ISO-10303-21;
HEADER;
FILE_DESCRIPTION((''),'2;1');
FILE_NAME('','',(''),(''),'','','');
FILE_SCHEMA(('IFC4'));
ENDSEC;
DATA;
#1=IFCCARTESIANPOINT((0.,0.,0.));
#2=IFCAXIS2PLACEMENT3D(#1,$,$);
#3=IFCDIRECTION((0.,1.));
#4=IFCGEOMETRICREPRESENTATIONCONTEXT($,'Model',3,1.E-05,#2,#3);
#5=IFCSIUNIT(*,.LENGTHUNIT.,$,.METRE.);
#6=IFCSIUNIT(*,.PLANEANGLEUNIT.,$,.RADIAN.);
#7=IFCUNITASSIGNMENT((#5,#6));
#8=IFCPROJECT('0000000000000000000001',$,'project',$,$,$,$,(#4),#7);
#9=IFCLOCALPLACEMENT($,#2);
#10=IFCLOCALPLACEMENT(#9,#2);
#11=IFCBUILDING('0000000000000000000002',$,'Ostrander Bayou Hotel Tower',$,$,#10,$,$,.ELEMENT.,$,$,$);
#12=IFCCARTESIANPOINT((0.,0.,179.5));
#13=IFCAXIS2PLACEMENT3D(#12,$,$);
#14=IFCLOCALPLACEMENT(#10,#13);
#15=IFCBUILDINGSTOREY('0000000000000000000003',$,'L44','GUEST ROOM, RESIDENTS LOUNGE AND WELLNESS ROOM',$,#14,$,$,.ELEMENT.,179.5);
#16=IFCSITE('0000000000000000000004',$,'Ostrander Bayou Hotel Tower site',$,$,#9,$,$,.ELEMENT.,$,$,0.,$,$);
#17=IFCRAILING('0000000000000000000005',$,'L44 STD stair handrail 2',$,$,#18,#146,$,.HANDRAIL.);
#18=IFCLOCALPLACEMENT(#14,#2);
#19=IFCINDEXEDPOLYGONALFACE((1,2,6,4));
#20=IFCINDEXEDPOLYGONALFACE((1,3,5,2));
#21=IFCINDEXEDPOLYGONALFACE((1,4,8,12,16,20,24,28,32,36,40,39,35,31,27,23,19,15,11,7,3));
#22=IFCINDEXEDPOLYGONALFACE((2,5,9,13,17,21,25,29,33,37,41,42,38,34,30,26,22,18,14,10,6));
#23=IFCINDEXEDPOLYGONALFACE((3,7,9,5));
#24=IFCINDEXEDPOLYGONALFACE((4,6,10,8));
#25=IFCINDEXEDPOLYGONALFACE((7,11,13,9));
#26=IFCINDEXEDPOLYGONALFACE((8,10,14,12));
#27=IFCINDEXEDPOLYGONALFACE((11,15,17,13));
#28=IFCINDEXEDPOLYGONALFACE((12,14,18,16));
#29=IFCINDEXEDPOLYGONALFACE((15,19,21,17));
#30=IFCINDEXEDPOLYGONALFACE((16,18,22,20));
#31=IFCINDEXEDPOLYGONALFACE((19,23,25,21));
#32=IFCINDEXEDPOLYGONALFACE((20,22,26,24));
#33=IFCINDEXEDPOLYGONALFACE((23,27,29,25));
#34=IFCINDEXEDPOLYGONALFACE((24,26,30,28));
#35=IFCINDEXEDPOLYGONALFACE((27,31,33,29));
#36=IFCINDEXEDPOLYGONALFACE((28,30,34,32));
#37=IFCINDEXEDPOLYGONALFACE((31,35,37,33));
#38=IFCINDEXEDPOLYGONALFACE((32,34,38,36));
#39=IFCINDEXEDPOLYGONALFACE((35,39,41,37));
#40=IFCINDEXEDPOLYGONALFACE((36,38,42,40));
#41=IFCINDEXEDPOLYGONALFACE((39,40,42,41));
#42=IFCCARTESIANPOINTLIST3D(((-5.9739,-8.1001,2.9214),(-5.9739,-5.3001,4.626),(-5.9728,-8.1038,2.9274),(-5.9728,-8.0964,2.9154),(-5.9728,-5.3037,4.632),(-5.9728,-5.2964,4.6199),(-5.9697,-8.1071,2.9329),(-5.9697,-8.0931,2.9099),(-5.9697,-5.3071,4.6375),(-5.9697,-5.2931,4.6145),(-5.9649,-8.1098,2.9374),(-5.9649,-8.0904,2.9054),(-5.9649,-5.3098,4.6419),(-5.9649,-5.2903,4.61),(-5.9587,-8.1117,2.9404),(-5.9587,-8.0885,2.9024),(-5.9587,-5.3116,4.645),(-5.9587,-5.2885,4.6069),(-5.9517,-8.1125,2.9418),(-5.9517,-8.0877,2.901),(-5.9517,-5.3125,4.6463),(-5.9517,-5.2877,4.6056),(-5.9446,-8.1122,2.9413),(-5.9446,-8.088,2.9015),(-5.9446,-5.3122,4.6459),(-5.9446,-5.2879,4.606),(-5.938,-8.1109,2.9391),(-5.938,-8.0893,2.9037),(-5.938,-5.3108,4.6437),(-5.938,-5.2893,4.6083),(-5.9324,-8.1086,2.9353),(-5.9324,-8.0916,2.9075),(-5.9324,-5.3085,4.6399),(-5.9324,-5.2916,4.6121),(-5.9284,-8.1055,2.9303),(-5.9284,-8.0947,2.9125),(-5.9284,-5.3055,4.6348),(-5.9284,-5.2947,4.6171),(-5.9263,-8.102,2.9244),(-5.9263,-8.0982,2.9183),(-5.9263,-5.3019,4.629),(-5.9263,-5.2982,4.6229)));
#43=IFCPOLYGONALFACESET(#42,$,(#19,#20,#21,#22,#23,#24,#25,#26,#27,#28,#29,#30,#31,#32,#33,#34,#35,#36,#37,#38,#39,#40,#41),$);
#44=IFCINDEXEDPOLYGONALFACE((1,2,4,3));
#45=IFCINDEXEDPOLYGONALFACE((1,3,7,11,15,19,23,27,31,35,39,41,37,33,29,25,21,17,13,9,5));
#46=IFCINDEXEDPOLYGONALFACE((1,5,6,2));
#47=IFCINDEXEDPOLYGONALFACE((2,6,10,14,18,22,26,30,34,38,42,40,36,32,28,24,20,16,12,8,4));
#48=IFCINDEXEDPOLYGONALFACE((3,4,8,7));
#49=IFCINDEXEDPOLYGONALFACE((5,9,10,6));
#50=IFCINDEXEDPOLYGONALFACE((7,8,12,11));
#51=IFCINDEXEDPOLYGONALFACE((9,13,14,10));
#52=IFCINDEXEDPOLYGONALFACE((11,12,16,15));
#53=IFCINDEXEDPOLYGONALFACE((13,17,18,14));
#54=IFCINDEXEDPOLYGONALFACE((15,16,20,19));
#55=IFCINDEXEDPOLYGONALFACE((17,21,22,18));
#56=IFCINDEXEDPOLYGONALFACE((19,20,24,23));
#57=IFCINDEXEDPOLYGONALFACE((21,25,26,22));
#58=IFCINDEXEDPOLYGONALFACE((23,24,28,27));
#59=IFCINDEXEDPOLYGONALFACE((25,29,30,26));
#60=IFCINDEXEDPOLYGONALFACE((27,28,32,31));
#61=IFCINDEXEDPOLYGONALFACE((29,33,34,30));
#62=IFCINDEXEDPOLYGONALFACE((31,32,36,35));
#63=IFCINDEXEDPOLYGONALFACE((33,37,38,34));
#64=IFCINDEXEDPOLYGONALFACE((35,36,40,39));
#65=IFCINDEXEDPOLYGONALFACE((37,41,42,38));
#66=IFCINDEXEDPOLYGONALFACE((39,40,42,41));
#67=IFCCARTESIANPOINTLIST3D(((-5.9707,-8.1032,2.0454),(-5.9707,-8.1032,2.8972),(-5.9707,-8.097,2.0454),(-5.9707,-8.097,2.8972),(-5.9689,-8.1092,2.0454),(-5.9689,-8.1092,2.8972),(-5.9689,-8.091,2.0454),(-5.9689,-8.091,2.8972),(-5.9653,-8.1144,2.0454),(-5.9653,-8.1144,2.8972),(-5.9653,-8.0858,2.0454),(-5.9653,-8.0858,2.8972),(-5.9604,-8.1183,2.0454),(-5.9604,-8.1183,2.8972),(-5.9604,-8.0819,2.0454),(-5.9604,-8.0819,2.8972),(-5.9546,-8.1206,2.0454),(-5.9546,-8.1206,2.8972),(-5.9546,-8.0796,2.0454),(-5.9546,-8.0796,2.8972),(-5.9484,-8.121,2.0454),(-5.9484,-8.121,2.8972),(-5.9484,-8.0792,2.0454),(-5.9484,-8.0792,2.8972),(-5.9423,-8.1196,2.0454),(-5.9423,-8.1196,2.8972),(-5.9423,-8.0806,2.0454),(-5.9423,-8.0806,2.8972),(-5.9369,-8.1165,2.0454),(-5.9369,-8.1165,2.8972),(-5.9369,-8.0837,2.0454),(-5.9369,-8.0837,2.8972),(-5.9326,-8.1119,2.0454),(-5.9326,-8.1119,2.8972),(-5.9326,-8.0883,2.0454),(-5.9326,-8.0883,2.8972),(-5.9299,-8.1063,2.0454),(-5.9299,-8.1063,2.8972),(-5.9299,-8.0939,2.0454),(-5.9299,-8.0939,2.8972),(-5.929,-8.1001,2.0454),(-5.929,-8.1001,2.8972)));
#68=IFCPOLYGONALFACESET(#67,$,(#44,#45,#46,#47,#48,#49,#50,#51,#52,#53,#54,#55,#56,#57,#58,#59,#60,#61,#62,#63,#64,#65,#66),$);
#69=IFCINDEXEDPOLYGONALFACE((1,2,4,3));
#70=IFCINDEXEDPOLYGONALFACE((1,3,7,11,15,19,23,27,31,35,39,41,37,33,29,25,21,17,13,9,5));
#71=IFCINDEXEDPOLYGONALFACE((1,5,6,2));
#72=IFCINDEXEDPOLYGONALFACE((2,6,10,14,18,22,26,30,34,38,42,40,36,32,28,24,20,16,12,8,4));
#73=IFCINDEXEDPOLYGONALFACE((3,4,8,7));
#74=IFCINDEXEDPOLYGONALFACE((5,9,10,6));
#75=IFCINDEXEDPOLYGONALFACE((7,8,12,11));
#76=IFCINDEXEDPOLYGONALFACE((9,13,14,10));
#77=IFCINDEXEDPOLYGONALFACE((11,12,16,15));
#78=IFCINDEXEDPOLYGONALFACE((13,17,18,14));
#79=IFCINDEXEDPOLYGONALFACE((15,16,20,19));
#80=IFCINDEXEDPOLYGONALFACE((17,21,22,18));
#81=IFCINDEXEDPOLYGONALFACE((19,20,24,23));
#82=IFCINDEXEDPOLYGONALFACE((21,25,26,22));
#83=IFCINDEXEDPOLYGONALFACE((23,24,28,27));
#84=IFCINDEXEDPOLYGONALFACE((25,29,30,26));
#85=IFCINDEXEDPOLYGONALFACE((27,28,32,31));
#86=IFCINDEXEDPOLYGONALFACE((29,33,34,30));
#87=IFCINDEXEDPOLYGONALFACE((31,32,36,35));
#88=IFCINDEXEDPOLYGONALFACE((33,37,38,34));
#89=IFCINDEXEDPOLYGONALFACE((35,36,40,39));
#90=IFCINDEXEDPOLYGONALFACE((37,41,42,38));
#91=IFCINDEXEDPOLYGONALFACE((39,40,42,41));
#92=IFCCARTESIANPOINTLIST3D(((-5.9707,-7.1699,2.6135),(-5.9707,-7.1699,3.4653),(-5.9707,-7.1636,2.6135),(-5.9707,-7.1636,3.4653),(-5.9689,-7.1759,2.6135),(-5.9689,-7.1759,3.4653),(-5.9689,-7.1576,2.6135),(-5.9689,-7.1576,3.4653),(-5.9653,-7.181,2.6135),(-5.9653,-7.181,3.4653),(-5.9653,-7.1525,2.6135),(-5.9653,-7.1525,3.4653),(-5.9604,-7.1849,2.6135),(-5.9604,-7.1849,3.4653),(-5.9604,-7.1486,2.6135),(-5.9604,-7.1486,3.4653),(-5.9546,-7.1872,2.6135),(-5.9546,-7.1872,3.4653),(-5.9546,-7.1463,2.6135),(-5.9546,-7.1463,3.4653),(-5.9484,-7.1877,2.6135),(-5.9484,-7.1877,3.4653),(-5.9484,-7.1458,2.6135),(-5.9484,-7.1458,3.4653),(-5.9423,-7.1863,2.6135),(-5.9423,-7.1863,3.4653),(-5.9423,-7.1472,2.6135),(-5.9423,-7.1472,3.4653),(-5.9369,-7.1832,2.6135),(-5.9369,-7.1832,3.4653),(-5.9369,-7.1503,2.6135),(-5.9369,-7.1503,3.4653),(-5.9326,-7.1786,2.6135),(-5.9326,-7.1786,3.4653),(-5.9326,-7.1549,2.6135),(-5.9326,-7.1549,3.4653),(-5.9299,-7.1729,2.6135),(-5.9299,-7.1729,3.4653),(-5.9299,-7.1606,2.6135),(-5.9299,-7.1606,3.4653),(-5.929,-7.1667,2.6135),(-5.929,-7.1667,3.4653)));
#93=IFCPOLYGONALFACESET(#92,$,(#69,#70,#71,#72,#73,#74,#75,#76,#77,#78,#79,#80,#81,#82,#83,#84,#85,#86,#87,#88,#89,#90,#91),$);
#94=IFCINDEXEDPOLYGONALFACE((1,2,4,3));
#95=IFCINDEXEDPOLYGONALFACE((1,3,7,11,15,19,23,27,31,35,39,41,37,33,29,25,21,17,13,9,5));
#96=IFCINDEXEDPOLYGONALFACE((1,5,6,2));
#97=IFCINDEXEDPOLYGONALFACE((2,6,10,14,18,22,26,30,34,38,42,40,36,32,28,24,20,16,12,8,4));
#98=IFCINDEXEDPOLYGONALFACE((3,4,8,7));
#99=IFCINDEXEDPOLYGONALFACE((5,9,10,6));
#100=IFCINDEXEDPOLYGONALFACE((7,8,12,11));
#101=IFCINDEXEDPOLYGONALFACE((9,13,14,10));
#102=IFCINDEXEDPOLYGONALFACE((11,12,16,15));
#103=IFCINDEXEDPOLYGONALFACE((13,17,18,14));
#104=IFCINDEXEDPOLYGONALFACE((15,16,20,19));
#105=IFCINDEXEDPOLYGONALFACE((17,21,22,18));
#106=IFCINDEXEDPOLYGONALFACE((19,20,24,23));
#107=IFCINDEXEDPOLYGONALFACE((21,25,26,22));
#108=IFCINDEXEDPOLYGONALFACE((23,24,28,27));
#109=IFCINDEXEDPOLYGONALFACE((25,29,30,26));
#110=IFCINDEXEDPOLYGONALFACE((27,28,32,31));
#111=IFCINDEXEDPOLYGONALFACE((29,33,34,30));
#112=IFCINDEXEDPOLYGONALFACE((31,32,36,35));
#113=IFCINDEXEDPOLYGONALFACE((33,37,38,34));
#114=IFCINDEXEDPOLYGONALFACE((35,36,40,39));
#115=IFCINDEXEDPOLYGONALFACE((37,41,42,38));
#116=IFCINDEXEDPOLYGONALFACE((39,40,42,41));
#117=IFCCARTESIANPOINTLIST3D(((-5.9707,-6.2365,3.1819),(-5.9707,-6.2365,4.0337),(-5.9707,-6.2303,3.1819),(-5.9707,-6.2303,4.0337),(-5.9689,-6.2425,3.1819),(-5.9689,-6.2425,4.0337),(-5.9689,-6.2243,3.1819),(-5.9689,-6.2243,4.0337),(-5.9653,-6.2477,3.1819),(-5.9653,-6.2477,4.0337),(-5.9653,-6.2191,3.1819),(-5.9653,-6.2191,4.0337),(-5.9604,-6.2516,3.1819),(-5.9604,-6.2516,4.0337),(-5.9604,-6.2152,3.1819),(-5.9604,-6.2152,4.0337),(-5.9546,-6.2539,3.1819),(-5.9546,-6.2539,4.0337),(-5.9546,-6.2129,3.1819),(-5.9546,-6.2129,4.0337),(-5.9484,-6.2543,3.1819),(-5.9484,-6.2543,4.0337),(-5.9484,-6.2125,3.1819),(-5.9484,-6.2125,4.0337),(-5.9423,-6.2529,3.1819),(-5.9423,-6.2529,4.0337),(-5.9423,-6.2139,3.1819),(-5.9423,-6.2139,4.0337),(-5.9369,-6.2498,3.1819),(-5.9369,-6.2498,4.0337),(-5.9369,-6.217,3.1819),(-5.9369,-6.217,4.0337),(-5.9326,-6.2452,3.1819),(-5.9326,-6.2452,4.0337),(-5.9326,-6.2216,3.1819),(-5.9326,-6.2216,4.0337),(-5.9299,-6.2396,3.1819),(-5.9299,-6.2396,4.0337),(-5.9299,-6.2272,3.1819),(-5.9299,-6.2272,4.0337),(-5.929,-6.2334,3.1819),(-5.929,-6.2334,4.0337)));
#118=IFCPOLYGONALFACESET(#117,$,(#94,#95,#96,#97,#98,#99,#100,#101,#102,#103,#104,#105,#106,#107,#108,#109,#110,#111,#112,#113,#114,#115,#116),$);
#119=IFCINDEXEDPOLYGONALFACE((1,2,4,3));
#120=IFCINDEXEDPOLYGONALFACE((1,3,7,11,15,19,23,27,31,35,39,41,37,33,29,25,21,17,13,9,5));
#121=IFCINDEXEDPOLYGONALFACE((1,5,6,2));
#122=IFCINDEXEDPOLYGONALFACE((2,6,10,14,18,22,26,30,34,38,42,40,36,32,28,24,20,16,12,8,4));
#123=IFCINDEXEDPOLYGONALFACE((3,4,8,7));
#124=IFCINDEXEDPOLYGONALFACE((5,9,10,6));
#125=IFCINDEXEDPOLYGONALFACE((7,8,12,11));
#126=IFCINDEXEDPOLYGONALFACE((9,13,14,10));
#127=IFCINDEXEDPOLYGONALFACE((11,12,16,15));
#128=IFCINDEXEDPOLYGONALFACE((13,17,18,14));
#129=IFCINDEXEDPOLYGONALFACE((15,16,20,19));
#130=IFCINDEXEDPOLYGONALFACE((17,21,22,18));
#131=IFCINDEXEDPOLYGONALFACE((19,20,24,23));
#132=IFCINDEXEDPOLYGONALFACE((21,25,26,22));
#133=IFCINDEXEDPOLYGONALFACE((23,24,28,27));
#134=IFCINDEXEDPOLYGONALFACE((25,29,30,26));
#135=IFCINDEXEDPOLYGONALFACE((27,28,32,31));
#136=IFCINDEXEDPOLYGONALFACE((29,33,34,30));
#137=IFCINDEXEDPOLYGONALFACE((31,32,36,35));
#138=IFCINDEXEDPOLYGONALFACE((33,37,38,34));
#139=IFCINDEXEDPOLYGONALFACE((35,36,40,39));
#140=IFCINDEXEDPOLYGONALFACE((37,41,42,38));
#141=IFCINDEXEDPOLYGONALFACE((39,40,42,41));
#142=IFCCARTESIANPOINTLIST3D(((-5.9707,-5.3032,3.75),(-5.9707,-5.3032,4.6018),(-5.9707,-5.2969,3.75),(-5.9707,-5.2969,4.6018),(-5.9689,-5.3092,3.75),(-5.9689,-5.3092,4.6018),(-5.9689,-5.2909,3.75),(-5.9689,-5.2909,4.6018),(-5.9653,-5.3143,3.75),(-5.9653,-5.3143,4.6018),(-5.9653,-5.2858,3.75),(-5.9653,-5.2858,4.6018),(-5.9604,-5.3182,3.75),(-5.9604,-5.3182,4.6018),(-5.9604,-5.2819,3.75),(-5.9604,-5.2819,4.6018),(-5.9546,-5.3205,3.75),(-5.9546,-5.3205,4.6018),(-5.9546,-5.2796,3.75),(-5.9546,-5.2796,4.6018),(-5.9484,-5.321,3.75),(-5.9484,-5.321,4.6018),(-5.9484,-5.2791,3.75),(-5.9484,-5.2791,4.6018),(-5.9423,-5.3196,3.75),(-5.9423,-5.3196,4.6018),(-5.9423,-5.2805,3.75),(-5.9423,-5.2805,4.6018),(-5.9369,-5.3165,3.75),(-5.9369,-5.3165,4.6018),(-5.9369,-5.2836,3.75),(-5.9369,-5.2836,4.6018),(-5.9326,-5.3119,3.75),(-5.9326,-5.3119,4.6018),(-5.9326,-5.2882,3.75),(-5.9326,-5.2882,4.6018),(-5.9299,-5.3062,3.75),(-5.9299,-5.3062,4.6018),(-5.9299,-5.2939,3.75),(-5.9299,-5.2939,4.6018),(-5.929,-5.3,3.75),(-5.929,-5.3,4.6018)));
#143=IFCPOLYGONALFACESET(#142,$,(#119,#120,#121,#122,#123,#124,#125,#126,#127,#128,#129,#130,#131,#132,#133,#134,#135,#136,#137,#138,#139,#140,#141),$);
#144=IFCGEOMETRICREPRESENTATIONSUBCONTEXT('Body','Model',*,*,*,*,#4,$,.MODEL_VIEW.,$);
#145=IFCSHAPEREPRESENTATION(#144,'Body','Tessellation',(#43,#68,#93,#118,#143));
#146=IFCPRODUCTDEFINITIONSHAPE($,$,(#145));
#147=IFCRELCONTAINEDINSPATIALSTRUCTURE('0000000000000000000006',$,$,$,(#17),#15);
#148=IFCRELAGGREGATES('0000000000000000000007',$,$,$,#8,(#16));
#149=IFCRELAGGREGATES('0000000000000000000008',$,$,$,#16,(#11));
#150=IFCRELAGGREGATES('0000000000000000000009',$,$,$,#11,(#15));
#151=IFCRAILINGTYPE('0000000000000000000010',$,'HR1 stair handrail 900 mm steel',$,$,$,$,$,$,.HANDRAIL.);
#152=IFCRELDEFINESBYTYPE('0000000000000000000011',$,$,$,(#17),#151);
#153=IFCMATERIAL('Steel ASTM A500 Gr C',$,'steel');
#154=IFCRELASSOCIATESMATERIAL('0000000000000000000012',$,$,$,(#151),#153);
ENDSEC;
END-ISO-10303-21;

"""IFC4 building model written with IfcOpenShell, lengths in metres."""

from ifc_helpers import new_model, si_unit, direction, frame, origin, origin_2d, place, context, subcontext, project, spatial, circle, extrude, material, type_object, element, save


model = new_model("IFC4")

# Units and contexts
model_context = context("Model", 3, precision=1e-05, world=origin(), true_north=direction((0.0, 1.0)))
body_context = subcontext(model_context, "Body", "Model", "MODEL_VIEW")
ifc_project = project(units=[si_unit("LENGTHUNIT", "METRE"), si_unit("PLANEANGLEUNIT", "RADIAN")], contexts=[model_context])

# Site, building, storey
site_placement = place(None, origin())
site = spatial("IfcSite", under=ifc_project, at=site_placement, Name="Ostrander Bayou Hotel Tower site", CompositionType="ELEMENT", RefElevation=0.0)
building_placement = place(site_placement, origin())
building = spatial("IfcBuilding", under=site, at=building_placement, Name="Ostrander Bayou Hotel Tower", CompositionType="ELEMENT")
storey_placement = place(building_placement, frame((0.0, 0.0, 179.5)))
storey = spatial("IfcBuildingStorey", under=building, at=storey_placement, Name="L44", Description="GUEST ROOM, RESIDENTS LOUNGE AND WELLNESS ROOM", CompositionType="ELEMENT", Elevation=179.5)

# Railing
ifc_material_1 = material(Name="Steel ASTM A500 Gr C", Category="steel")
railing_type_1 = type_object("IfcRailingType", Name="HR1 stair handrail 900 mm steel", PredefinedType="HANDRAIL", material=ifc_material_1)
railing_1_placement = place(storey_placement, frame((-5.95, -8.1001, 2.0454)))
element("IfcRailing", 1, at=railing_1_placement, inside=storey, type_object=railing_type_1, Name="L44 STD stair handrail 2", PredefinedType="HANDRAIL", context=body_context, shape_type="SweptSolid", body=[
    extrude(circle(Radius=0.0239, at=origin_2d()), frame((0.0, 0.0, 0.876), z_axis=(0.0, 0.85417, 0.519994), x_axis=(-1.0, 0.0, 0.0)), (0.0, 0.0, 1.0), 3.2781),
    extrude(circle(Radius=0.021, at=origin_2d()), origin(), (0.0, 0.0, 1.0), 0.8518),
    extrude(circle(Radius=0.021, at=origin_2d()), frame((0.0, 0.9333, 0.5681)), (0.0, 0.0, 1.0), 0.8518),
    extrude(circle(Radius=0.021, at=origin_2d()), frame((0.0, 1.8667, 1.1365)), (0.0, 0.0, 1.0), 0.8518),
    extrude(circle(Radius=0.021, at=origin_2d()), frame((0.0, 2.8, 1.7046)), (0.0, 0.0, 1.0), 0.8518),
])

save(model, "model.ifc")
